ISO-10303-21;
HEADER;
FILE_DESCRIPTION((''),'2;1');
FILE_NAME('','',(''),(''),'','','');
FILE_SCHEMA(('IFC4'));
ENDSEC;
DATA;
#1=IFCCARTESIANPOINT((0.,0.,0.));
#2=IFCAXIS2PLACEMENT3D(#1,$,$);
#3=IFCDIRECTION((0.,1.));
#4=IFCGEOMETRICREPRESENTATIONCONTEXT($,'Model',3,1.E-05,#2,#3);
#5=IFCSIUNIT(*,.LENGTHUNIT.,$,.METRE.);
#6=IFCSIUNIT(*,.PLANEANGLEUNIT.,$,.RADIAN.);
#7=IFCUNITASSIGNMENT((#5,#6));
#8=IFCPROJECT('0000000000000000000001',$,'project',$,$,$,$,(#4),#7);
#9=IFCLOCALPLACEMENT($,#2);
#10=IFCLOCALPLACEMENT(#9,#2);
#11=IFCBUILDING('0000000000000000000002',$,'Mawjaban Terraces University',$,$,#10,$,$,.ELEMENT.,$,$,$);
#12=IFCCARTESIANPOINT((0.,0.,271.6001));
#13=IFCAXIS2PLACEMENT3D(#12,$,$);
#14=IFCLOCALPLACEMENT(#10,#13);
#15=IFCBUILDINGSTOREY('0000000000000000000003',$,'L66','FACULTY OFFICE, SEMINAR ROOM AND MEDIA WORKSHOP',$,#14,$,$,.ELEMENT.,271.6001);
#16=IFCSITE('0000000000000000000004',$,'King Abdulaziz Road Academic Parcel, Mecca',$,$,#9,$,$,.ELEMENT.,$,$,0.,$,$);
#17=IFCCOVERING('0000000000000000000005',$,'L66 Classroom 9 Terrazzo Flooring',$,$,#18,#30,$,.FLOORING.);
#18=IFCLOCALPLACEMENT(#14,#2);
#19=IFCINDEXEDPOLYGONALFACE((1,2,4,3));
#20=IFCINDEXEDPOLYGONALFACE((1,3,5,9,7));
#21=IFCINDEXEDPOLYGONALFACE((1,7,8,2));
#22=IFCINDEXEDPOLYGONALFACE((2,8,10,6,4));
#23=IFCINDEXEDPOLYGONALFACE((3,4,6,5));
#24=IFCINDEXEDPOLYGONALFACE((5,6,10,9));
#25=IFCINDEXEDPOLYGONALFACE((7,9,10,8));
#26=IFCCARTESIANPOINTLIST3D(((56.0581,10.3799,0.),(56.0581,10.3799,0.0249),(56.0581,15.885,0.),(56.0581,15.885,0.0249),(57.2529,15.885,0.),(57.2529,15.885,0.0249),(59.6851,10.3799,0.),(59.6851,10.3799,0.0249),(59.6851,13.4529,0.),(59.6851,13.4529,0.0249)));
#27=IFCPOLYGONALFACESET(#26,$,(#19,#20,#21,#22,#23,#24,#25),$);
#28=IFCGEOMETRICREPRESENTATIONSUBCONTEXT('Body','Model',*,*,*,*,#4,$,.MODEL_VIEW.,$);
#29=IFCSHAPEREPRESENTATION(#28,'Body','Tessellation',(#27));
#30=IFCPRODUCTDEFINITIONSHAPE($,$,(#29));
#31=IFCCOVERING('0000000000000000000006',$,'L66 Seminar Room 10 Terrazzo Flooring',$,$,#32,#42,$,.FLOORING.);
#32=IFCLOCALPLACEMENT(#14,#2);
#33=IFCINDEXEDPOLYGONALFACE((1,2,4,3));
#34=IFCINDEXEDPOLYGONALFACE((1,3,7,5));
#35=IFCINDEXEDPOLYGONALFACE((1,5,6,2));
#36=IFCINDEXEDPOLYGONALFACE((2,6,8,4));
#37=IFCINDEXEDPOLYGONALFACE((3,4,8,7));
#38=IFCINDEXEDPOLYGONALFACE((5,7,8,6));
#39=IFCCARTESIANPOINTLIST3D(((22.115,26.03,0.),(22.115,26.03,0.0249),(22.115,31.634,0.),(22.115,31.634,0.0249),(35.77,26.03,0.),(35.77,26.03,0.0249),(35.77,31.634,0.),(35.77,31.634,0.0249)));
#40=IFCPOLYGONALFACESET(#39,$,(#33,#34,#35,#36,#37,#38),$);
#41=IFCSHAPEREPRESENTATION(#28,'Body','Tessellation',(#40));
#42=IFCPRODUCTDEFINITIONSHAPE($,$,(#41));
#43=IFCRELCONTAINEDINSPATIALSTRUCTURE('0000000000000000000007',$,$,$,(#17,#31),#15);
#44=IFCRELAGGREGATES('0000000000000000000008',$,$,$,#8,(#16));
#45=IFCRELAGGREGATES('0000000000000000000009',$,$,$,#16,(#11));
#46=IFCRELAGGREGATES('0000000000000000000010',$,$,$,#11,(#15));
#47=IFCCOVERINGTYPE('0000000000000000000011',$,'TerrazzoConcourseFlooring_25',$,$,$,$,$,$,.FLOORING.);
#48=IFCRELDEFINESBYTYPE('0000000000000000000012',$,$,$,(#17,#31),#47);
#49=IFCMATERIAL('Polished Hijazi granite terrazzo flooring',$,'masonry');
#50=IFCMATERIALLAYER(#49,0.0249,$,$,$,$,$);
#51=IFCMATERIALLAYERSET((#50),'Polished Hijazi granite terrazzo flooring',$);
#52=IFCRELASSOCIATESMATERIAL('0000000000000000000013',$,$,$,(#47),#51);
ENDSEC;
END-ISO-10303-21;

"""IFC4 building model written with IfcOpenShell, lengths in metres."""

from ifc_helpers import new_model, si_unit, direction, frame, origin, place, context, subcontext, project, spatial, polyline, outline, extrude, material, layer, layer_set, type_object, element, save


model = new_model("IFC4")

# Units and contexts
model_context = context("Model", 3, precision=1e-05, world=origin(), true_north=direction((0.0, 1.0)))
body_context = subcontext(model_context, "Body", "Model", "MODEL_VIEW")
ifc_project = project(units=[si_unit("LENGTHUNIT", "METRE"), si_unit("PLANEANGLEUNIT", "RADIAN")], contexts=[model_context])

# Site, building, storey
site_placement = place(None, origin())
site = spatial("IfcSite", under=ifc_project, at=site_placement, Name="King Abdulaziz Road Academic Parcel, Mecca", CompositionType="ELEMENT", RefElevation=0.0)
building_placement = place(site_placement, origin())
building = spatial("IfcBuilding", under=site, at=building_placement, Name="Mawjaban Terraces University", CompositionType="ELEMENT")
storey_placement = place(building_placement, frame((0.0, 0.0, 271.6001)))
storey = spatial("IfcBuildingStorey", under=building, at=storey_placement, Name="L66", Description="FACULTY OFFICE, SEMINAR ROOM AND MEDIA WORKSHOP", CompositionType="ELEMENT", Elevation=271.6001)

# Coverings
ifc_material_1 = material(Name="Polished Hijazi granite terrazzo flooring", Category="masonry")
ifc_layer_1 = layer(ifc_material_1, 0.0249)
ifc_layer_set_1 = layer_set([ifc_layer_1], Name="Polished Hijazi granite terrazzo flooring")
covering_type_1 = type_object("IfcCoveringType", Name="TerrazzoConcourseFlooring_25", PredefinedType="FLOORING", material=ifc_layer_set_1)
covering_1_placement = place(storey_placement, origin())
element("IfcCovering", 1, at=covering_1_placement, inside=storey, type_object=covering_type_1, Name="L66 Classroom 9 Terrazzo Flooring", PredefinedType="FLOORING", context=body_context, shape_type="SweptSolid", body=[
    extrude(outline(polyline([(59.6851, 10.3799), (59.6851, 13.4529), (57.2529, 15.885), (56.0581, 15.885), (56.0581, 10.3799), (59.6851, 10.3799)])), origin(), (0.0, 0.0, 1.0), 0.0249),
])
covering_2_placement = place(storey_placement, origin())
element("IfcCovering", 2, at=covering_2_placement, inside=storey, type_object=covering_type_1, Name="L66 Seminar Room 10 Terrazzo Flooring", PredefinedType="FLOORING", context=body_context, shape_type="SweptSolid", body=[
    extrude(outline(polyline([(22.115, 31.634), (22.115, 26.03), (35.77, 26.03), (35.77, 31.634), (22.115, 31.634)])), origin(), (0.0, 0.0, 1.0), 0.0249),
])

save(model, "model.ifc")
